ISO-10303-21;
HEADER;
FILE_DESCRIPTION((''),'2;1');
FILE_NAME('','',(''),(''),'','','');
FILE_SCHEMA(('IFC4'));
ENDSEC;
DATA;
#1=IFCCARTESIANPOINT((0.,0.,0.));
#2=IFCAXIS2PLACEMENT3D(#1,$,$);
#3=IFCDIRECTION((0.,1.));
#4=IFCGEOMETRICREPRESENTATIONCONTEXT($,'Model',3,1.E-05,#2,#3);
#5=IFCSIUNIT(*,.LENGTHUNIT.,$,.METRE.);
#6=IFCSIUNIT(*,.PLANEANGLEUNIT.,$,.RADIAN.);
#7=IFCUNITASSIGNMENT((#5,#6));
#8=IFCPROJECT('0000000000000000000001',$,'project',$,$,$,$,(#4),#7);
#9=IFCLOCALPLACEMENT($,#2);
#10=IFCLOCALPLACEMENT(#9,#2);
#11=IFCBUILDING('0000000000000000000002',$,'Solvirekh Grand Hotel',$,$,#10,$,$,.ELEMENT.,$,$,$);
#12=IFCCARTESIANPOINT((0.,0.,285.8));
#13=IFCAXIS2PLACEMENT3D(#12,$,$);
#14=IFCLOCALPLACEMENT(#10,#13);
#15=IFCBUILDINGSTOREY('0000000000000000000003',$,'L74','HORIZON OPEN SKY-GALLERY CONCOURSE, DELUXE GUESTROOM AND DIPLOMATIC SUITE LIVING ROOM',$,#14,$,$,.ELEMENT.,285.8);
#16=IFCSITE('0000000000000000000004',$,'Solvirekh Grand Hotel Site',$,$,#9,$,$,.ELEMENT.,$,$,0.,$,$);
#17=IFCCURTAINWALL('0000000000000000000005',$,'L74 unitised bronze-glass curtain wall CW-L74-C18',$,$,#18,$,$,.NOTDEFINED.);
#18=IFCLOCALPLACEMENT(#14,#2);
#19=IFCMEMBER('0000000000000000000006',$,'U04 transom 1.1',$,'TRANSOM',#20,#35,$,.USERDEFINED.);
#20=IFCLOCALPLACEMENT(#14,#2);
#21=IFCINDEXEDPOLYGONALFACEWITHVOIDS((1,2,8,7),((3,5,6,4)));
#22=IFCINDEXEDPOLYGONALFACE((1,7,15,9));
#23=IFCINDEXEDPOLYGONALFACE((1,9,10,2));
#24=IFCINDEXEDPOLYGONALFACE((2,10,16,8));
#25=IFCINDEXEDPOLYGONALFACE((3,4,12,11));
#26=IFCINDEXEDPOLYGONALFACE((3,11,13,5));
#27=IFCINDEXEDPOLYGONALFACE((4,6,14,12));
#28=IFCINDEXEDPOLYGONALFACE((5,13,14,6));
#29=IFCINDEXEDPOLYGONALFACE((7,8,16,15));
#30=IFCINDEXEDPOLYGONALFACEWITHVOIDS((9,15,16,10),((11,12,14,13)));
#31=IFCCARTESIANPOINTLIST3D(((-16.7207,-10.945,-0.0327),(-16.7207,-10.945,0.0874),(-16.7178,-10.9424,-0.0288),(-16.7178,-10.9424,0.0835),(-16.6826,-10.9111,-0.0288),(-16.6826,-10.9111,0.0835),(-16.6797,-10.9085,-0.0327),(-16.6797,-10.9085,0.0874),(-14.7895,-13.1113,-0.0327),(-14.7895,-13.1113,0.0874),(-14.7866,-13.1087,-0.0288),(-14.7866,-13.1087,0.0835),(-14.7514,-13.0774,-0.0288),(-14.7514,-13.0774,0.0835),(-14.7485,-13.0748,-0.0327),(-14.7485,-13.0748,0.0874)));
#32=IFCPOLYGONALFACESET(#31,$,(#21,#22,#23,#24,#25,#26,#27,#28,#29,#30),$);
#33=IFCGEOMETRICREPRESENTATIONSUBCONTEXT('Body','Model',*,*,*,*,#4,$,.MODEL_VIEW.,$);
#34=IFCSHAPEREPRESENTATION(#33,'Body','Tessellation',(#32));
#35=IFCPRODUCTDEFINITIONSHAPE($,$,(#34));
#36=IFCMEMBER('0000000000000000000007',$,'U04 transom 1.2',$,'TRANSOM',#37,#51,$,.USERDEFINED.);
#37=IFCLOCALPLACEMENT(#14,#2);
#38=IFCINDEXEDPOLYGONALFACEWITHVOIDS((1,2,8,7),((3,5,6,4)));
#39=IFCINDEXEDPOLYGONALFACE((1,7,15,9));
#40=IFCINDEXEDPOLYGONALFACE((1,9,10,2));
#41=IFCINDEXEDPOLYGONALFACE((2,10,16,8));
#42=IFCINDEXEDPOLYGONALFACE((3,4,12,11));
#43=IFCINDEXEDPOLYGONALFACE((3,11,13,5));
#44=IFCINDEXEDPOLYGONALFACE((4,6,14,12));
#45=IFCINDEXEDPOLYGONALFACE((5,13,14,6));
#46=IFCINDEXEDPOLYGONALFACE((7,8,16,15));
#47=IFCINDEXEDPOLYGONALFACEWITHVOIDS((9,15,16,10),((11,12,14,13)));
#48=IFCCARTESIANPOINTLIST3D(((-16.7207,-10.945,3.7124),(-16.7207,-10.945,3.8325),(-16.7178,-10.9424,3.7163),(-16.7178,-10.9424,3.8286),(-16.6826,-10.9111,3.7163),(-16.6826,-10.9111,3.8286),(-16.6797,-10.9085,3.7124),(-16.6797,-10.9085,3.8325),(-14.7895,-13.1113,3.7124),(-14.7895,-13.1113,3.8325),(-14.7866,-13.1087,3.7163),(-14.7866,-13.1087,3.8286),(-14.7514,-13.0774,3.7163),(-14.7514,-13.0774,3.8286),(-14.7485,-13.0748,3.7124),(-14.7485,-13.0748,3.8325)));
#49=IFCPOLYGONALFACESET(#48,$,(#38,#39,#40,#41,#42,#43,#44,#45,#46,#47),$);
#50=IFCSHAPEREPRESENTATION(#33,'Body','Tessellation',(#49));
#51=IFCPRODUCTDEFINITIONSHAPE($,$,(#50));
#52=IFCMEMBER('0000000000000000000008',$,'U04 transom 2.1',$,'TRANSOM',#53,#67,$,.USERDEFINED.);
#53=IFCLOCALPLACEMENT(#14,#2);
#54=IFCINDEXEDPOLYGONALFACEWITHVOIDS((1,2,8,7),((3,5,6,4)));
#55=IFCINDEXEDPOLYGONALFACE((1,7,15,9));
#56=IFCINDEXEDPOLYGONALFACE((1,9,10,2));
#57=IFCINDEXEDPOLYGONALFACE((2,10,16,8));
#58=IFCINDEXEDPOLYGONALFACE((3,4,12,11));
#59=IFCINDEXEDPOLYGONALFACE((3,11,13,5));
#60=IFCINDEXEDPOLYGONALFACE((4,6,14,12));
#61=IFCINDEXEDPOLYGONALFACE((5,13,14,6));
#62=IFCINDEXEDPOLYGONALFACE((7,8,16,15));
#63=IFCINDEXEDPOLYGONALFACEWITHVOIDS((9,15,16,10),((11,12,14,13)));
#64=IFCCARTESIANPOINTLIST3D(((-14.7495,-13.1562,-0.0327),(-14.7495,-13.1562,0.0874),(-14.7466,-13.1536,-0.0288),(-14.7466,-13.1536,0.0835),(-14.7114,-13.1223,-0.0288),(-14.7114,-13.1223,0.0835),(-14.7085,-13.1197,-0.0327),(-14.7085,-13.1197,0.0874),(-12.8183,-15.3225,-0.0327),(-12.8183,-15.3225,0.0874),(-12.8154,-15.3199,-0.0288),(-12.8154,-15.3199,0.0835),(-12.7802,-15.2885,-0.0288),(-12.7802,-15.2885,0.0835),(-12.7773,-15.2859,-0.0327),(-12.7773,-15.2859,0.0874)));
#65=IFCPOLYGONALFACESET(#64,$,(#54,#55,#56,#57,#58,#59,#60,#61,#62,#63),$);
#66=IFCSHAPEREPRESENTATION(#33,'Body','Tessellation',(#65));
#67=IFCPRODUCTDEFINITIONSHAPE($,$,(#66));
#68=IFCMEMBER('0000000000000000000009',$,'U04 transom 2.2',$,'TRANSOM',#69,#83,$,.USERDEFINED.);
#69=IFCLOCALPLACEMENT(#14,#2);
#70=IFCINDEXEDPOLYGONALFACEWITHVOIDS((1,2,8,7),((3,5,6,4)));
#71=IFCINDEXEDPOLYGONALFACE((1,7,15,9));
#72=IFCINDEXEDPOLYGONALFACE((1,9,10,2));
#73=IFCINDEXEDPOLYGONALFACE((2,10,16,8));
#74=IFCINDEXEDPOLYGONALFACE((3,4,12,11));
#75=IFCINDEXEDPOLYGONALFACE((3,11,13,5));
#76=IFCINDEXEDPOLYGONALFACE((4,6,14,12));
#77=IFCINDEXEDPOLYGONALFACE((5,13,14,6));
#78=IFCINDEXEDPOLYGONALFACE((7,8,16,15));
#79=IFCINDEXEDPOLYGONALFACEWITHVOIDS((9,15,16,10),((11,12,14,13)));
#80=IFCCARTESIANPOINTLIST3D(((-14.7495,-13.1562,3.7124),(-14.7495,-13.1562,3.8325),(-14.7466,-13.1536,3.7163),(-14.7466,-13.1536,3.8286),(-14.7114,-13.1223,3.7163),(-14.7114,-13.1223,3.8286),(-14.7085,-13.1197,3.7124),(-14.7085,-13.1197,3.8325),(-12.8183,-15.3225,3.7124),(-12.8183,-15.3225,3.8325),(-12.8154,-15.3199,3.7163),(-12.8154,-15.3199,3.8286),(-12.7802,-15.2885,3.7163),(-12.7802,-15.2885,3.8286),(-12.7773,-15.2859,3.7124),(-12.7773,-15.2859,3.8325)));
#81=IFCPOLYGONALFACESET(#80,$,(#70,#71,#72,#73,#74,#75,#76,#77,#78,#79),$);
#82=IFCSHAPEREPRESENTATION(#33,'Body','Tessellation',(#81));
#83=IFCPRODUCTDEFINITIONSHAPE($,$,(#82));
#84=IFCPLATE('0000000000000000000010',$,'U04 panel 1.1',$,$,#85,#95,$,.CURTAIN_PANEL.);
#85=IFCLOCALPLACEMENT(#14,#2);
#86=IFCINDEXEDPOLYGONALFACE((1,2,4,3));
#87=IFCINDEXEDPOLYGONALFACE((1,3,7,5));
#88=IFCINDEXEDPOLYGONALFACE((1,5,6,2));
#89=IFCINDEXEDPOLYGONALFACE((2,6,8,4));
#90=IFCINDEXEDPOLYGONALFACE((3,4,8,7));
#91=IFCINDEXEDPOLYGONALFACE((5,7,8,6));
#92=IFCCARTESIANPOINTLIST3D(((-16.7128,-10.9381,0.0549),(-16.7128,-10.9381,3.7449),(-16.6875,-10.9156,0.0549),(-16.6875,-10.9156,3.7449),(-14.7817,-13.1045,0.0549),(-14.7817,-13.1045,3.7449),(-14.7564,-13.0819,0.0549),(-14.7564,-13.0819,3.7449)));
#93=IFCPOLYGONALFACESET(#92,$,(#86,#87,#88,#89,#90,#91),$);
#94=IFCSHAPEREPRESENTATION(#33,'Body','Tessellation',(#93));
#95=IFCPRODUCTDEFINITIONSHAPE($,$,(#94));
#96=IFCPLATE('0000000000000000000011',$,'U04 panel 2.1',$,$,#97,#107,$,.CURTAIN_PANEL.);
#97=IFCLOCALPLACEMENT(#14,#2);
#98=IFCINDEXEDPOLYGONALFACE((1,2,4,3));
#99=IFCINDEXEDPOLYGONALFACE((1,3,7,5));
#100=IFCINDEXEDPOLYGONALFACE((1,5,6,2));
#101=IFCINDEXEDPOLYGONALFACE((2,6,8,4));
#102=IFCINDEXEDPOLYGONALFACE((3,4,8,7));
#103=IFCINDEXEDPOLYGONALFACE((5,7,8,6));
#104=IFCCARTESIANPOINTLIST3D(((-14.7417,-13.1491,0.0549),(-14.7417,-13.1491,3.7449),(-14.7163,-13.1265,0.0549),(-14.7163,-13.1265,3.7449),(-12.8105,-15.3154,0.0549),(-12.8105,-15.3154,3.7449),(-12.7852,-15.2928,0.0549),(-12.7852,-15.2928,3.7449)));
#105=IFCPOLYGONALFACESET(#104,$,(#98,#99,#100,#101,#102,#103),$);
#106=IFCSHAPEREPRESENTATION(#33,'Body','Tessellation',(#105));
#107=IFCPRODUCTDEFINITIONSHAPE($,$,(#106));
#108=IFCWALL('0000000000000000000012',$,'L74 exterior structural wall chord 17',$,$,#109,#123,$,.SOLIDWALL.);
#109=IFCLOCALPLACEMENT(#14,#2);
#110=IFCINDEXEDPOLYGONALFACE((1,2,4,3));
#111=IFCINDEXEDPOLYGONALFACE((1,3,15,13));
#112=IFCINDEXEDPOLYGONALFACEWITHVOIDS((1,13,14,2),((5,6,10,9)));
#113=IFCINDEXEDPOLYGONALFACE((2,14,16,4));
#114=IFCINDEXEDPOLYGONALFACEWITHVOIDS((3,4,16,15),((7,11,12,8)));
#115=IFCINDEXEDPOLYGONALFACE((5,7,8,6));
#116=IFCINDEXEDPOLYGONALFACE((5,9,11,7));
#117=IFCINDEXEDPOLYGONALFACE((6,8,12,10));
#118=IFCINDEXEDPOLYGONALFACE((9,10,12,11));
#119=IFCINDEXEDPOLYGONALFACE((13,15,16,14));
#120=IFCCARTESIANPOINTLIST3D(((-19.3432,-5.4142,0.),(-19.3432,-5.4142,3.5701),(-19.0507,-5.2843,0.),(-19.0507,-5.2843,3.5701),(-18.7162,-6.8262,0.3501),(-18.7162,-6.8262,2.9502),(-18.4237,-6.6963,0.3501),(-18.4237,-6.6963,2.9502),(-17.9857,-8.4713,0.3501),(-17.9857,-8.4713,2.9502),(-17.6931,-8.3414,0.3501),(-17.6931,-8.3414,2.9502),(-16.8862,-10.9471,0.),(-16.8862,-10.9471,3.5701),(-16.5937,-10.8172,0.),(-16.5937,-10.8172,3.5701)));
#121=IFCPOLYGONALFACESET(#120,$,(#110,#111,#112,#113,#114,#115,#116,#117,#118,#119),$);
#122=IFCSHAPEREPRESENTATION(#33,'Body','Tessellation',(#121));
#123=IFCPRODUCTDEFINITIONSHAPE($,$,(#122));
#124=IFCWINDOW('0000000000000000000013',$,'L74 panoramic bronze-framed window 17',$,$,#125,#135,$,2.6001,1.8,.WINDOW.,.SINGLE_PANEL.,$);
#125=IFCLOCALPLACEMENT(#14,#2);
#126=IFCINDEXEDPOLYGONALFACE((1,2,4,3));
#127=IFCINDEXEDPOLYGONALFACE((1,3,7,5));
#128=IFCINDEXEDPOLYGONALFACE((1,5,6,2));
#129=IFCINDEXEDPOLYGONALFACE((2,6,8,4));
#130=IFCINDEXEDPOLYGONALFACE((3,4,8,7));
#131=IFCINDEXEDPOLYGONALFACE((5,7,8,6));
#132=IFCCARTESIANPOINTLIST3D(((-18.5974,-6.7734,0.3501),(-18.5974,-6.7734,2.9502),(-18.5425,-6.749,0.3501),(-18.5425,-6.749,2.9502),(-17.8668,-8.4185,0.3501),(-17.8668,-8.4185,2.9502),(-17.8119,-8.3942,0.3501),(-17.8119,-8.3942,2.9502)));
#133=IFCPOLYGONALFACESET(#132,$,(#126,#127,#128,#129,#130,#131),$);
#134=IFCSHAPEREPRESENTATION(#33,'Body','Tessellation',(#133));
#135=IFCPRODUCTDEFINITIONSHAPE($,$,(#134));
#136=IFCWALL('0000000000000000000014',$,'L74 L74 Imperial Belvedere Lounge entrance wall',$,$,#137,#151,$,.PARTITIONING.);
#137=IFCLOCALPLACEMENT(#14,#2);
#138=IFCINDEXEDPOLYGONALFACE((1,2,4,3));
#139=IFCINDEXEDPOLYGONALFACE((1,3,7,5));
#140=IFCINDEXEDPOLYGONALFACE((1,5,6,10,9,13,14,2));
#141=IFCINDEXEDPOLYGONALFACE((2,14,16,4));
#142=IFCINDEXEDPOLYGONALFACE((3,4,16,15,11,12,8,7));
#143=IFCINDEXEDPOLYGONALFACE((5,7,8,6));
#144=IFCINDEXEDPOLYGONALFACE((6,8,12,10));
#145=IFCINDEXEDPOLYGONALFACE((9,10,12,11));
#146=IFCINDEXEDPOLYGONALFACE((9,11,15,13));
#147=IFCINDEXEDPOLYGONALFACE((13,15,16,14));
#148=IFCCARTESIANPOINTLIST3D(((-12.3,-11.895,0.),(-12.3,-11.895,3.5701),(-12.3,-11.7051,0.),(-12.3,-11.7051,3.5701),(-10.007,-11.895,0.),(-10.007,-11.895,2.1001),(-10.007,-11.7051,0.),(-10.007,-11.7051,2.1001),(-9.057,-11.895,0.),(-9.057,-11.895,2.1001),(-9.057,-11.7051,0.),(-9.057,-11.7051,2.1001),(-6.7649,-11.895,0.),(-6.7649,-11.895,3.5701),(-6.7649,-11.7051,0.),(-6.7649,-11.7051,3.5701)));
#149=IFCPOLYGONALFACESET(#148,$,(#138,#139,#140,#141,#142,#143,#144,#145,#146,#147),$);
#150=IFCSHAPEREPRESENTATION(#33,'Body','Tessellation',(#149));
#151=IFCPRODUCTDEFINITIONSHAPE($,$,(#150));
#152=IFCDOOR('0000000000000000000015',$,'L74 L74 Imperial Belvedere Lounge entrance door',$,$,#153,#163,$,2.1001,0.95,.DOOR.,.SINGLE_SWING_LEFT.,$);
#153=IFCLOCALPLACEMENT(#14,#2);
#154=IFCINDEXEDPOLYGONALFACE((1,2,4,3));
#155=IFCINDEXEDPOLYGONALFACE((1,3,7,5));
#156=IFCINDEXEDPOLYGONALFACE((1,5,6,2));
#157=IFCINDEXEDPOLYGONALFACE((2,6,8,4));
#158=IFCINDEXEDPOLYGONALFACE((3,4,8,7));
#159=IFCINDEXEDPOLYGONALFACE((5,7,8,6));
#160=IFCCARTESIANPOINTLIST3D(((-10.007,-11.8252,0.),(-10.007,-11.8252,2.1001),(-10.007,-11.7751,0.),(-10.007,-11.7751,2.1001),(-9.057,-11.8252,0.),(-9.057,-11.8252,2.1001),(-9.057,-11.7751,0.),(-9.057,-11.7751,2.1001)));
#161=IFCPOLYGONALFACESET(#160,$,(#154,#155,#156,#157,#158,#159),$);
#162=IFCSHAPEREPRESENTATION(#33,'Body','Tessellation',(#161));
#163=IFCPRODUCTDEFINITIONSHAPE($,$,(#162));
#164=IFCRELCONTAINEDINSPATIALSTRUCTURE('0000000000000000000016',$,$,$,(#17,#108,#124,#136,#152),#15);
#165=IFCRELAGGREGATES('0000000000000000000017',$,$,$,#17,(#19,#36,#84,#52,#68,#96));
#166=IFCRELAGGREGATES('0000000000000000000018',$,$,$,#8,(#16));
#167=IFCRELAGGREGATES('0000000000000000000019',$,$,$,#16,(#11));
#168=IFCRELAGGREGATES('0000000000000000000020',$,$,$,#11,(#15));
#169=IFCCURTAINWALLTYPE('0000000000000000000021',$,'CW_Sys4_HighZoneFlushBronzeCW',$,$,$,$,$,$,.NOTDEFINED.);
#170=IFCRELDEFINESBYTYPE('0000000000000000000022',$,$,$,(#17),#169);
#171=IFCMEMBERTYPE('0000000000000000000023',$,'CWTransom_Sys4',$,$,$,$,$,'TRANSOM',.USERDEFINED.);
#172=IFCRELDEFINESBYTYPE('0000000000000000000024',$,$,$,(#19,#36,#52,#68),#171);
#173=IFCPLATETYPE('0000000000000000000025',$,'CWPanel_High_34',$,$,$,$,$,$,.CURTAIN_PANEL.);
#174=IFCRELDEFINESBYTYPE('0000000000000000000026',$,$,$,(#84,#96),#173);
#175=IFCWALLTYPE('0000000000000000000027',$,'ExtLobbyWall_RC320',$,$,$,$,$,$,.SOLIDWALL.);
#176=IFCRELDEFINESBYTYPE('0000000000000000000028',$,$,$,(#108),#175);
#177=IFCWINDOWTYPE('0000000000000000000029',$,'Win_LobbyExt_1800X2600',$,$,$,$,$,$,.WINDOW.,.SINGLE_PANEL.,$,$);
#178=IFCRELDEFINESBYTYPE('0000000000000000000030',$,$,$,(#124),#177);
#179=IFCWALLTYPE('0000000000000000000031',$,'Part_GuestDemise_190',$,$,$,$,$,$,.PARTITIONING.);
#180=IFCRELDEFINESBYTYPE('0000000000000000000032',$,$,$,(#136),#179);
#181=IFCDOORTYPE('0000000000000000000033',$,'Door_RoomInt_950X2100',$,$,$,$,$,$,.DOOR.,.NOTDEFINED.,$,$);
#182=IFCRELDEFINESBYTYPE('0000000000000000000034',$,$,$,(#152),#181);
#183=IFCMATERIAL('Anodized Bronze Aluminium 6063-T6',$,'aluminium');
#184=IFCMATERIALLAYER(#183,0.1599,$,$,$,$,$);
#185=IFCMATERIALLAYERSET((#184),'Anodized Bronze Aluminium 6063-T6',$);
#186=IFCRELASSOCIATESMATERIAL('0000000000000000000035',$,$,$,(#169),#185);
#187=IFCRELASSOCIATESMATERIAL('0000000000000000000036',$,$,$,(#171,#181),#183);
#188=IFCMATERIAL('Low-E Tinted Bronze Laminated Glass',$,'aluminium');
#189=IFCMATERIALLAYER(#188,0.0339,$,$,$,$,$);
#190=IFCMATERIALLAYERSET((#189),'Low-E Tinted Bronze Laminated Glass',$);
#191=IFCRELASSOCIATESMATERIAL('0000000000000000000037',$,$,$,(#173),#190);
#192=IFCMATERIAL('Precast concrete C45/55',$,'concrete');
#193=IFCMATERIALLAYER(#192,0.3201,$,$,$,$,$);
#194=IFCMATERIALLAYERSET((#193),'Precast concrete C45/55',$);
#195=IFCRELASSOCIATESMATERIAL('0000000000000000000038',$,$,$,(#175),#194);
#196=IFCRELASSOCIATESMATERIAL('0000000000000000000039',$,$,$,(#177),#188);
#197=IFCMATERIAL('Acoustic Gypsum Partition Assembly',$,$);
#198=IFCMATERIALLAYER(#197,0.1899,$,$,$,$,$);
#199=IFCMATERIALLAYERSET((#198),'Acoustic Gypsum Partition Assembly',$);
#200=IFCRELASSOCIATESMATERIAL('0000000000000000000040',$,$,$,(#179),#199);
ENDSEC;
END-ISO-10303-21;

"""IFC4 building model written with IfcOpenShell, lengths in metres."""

from ifc_helpers import new_model, si_unit, direction, frame, frame_2d, origin, origin_2d, place, context, subcontext, project, spatial, rectangle, hollow_rectangle, extrude, source, transform, mapped, material, layer, layer_set, material_profile, profile_set, type_object, element, fill, aggregate, save


model = new_model("IFC4")

# Units and contexts
model_context = context("Model", 3, precision=1e-05, world=origin(), true_north=direction((0.0, 1.0)))
body_context = subcontext(model_context, "Body", "Model", "MODEL_VIEW")
ifc_project = project(units=[si_unit("LENGTHUNIT", "METRE"), si_unit("PLANEANGLEUNIT", "RADIAN")], contexts=[model_context])

# Site, building, storey
site_placement = place(None, origin())
site = spatial("IfcSite", under=ifc_project, at=site_placement, Name="Solvirekh Grand Hotel Site", CompositionType="ELEMENT", RefElevation=0.0)
building_placement = place(site_placement, origin())
building = spatial("IfcBuilding", under=site, at=building_placement, Name="Solvirekh Grand Hotel", CompositionType="ELEMENT")
storey_placement = place(building_placement, frame((0.0, 0.0, 285.8)))
storey = spatial("IfcBuildingStorey", under=building, at=storey_placement, Name="L74", Description="HORIZON OPEN SKY-GALLERY CONCOURSE, DELUXE GUESTROOM AND DIPLOMATIC SUITE LIVING ROOM", CompositionType="ELEMENT", Elevation=285.8)

# Curtain wall, members, plates
ifc_material_1 = material(Name="Anodized Bronze Aluminium 6063-T6", Category="aluminium")
ifc_layer_1 = layer(ifc_material_1, 0.1599)
ifc_layer_set_1 = layer_set([ifc_layer_1], Name="Anodized Bronze Aluminium 6063-T6")
curtain_wall_type = type_object("IfcCurtainWallType", Name="CW_Sys4_HighZoneFlushBronzeCW", PredefinedType="NOTDEFINED", material=ifc_layer_set_1)
curtain_wall_placement = place(storey_placement, origin())
curtain_wall = element("IfcCurtainWall", 1, at=curtain_wall_placement, inside=storey, type_object=curtain_wall_type, Name="L74 unitised bronze-glass curtain wall CW-L74-C18", PredefinedType="NOTDEFINED")
ifc_material_profile_1 = material_profile(ifc_material_1, hollow_rectangle(XDim=0.0549, YDim=0.1201, WallThickness=0.0039, at=origin_2d()), Name="ALU RHS 120X55X4")
ifc_profile_set_1 = profile_set([ifc_material_profile_1], Name="Anodized Bronze Aluminium 6063-T6")
member_type_1 = type_object("IfcMemberType", Name="CWTransom_Sys4", ElementType="TRANSOM", PredefinedType="USERDEFINED", material=ifc_profile_set_1)
shared_shape_1 = source(origin(), body_context, "Body", "SweptSolid", [
    extrude(hollow_rectangle(XDim=0.0549, YDim=0.1201, WallThickness=0.0039, at=origin_2d()), origin(), (0.0, 0.0, 1.0), 2.9021),
])
member_1_placement = place(storey_placement, frame((-16.7002, -10.9268, 0.0273), z_axis=(0.665439, -0.746452, 0.0), x_axis=(0.746452, 0.665439, 0.0)))
member_1 = element("IfcMember", 2, at=member_1_placement, type_object=member_type_1, Name="U04 transom 1.1", ObjectType="TRANSOM", PredefinedType="USERDEFINED", context=body_context, shape_type="MappedRepresentation", body=[
    mapped(shared_shape_1, transform((0.0, 0.0, 0.0), x_axis=(1.0, 0.0, 0.0), y_axis=(0.0, 1.0, 0.0), z_axis=(0.0, 0.0, 1.0), scale=1.0)),
])
member_2_placement = place(storey_placement, frame((-16.7002, -10.9268, 3.7725), z_axis=(0.665439, -0.746452, 0.0), x_axis=(0.746452, 0.665439, 0.0)))
member_2 = element("IfcMember", 3, at=member_2_placement, type_object=member_type_1, Name="U04 transom 1.2", ObjectType="TRANSOM", PredefinedType="USERDEFINED", context=body_context, shape_type="MappedRepresentation", body=[
    mapped(shared_shape_1, transform((0.0, 0.0, 0.0), x_axis=(1.0, 0.0, 0.0), y_axis=(0.0, 1.0, 0.0), z_axis=(0.0, 0.0, 1.0), scale=1.0)),
])
member_3_placement = place(storey_placement, frame((-14.729, -13.1379, 0.0273), z_axis=(0.665439, -0.746452, 0.0), x_axis=(0.746452, 0.665439, 0.0)))
member_3 = element("IfcMember", 4, at=member_3_placement, type_object=member_type_1, Name="U04 transom 2.1", ObjectType="TRANSOM", PredefinedType="USERDEFINED", context=body_context, shape_type="MappedRepresentation", body=[
    mapped(shared_shape_1, transform((0.0, 0.0, 0.0), x_axis=(1.0, 0.0, 0.0), y_axis=(0.0, 1.0, 0.0), z_axis=(0.0, 0.0, 1.0), scale=1.0)),
])
member_4_placement = place(storey_placement, frame((-14.729, -13.1379, 3.7725), z_axis=(0.665439, -0.746452, 0.0), x_axis=(0.746452, 0.665439, 0.0)))
member_4 = element("IfcMember", 5, at=member_4_placement, type_object=member_type_1, Name="U04 transom 2.2", ObjectType="TRANSOM", PredefinedType="USERDEFINED", context=body_context, shape_type="MappedRepresentation", body=[
    mapped(shared_shape_1, transform((0.0, 0.0, 0.0), x_axis=(1.0, 0.0, 0.0), y_axis=(0.0, 1.0, 0.0), z_axis=(0.0, 0.0, 1.0), scale=1.0)),
])
ifc_material_2 = material(Name="Low-E Tinted Bronze Laminated Glass", Category="aluminium")
ifc_layer_2 = layer(ifc_material_2, 0.0339)
ifc_layer_set_2 = layer_set([ifc_layer_2], Name="Low-E Tinted Bronze Laminated Glass")
plate_type = type_object("IfcPlateType", Name="CWPanel_High_34", PredefinedType="CURTAIN_PANEL", material=ifc_layer_set_2)
shared_shape_2 = source(origin(), body_context, "Body", "SweptSolid", [
    extrude(rectangle(XDim=2.9021, YDim=0.0339, at=origin_2d()), origin(), (0.0, 0.0, 1.0), 3.6899),
])
plate_1_placement = place(storey_placement, frame((-15.7346, -12.01, 0.0549), z_axis=(0.0, 0.0, 1.0), x_axis=(0.665421, -0.746468, 0.0)))
plate_1 = element("IfcPlate", 6, at=plate_1_placement, type_object=plate_type, Name="U04 panel 1.1", PredefinedType="CURTAIN_PANEL", context=body_context, shape_type="MappedRepresentation", body=[
    mapped(shared_shape_2, transform((0.0, 0.0, 0.0), x_axis=(1.0, 0.0, 0.0), y_axis=(0.0, 1.0, 0.0), z_axis=(0.0, 0.0, 1.0), scale=1.0)),
])
plate_2_placement = place(storey_placement, frame((-13.7634, -14.2209, 0.0549), z_axis=(0.0, 0.0, 1.0), x_axis=(0.665421, -0.746468, 0.0)))
plate_2 = element("IfcPlate", 7, at=plate_2_placement, type_object=plate_type, Name="U04 panel 2.1", PredefinedType="CURTAIN_PANEL", context=body_context, shape_type="MappedRepresentation", body=[
    mapped(shared_shape_2, transform((0.0, 0.0, 0.0), x_axis=(1.0, 0.0, 0.0), y_axis=(0.0, 1.0, 0.0), z_axis=(0.0, 0.0, 1.0), scale=1.0)),
])
aggregate(curtain_wall, [member_1, member_2, plate_1, member_3, member_4, plate_2])

# Wall, opening, window
ifc_material_3 = material(Name="Precast concrete C45/55", Category="concrete")
ifc_layer_3 = layer(ifc_material_3, 0.3201)
ifc_layer_set_3 = layer_set([ifc_layer_3], Name="Precast concrete C45/55")
wall_type_1 = type_object("IfcWallType", Name="ExtLobbyWall_RC320", PredefinedType="SOLIDWALL", material=ifc_layer_set_3)
wall_1_placement = place(storey_placement, frame((-16.74, -10.8821, 0.0), z_axis=(0.0, 0.0, 1.0), x_axis=(-0.405854, 0.913938, 0.0)))
wall_1 = element("IfcWall", 8, at=wall_1_placement, inside=storey, type_object=wall_type_1, Name="L74 exterior structural wall chord 17", PredefinedType="SOLIDWALL", context=body_context, shape_type="SweptSolid", body=[
    extrude(rectangle(XDim=6.054, YDim=0.3201, at=frame_2d((3.0269, 0.0))), origin(), (0.0, 0.0, 1.0), 3.5701),
])
opening_1_placement = place(wall_1_placement, frame((2.709, 0.0, 0.3501)))
opening_1 = element("IfcOpeningElement", 9, at=opening_1_placement, cuts=wall_1, PredefinedType="OPENING", context=body_context, shape_type="SweptSolid", body=[
    extrude(rectangle(XDim=1.8, YDim=2.6001, at=frame_2d((0.8999, 1.3))), frame((0.0, 0.1699, 0.0), z_axis=(0.0, -1.0, 0.0), x_axis=(1.0, 0.0, 0.0)), (0.0, 0.0, 1.0), 0.3401),
])
window_type = type_object("IfcWindowType", Name="Win_LobbyExt_1800X2600", PartitioningType="SINGLE_PANEL", PredefinedType="WINDOW", material=ifc_material_2)
window_placement = place(opening_1_placement, origin())
window = element("IfcWindow", 10, at=window_placement, inside=storey, type_object=window_type, Name="L74 panoramic bronze-framed window 17", OverallHeight=2.6001, OverallWidth=1.8, PartitioningType="SINGLE_PANEL", PredefinedType="WINDOW", context=body_context, shape_type="SweptSolid", body=[
    extrude(rectangle(XDim=1.8, YDim=2.6001, at=frame_2d((0.8999, 1.3))), frame((0.0, 0.03, 0.0), z_axis=(0.0, -1.0, 0.0), x_axis=(1.0, 0.0, 0.0)), (0.0, 0.0, 1.0), 0.0601),
])
fill(opening_1, window)

# Wall, opening, door
ifc_material_4 = material(Name="Acoustic Gypsum Partition Assembly")
ifc_layer_4 = layer(ifc_material_4, 0.1899)
ifc_layer_set_4 = layer_set([ifc_layer_4], Name="Acoustic Gypsum Partition Assembly")
wall_type_2 = type_object("IfcWallType", Name="Part_GuestDemise_190", PredefinedType="PARTITIONING", material=ifc_layer_set_4)
wall_2_placement = place(storey_placement, frame((-12.3, -11.8, 0.0), z_axis=(0.0, 0.0, 1.0), x_axis=(1.0, 0.0, 0.0)))
wall_2 = element("IfcWall", 11, at=wall_2_placement, inside=storey, type_object=wall_type_2, Name="L74 L74 Imperial Belvedere Lounge entrance wall", PredefinedType="PARTITIONING", context=body_context, shape_type="SweptSolid", body=[
    extrude(rectangle(XDim=5.5352, YDim=0.1899, at=frame_2d((2.7676, 0.0))), origin(), (0.0, 0.0, 1.0), 3.5701),
])
opening_2_placement = place(wall_2_placement, frame((2.293, 0.0, 0.0)))
opening_2 = element("IfcOpeningElement", 12, at=opening_2_placement, cuts=wall_2, PredefinedType="OPENING", context=body_context, shape_type="SweptSolid", body=[
    extrude(rectangle(XDim=0.95, YDim=2.1001, at=frame_2d((0.4751, 1.05))), frame((0.0, 0.105, 0.0), z_axis=(0.0, -1.0, 0.0), x_axis=(1.0, 0.0, 0.0)), (0.0, 0.0, 1.0), 0.21),
])
door_type = type_object("IfcDoorType", Name="Door_RoomInt_950X2100", OperationType="NOTDEFINED", PredefinedType="DOOR", material=ifc_material_1)
door_placement = place(opening_2_placement, origin())
door = element("IfcDoor", 13, at=door_placement, inside=storey, type_object=door_type, Name="L74 L74 Imperial Belvedere Lounge entrance door", OperationType="SINGLE_SWING_LEFT", OverallHeight=2.1001, OverallWidth=0.95, PredefinedType="DOOR", context=body_context, shape_type="SweptSolid", body=[
    extrude(rectangle(XDim=0.95, YDim=2.1001, at=frame_2d((0.4751, 1.05))), frame((0.0, 0.0249, 0.0), z_axis=(0.0, -1.0, 0.0), x_axis=(1.0, 0.0, 0.0)), (0.0, 0.0, 1.0), 0.05),
])
fill(opening_2, door)

save(model, "model.ifc")
